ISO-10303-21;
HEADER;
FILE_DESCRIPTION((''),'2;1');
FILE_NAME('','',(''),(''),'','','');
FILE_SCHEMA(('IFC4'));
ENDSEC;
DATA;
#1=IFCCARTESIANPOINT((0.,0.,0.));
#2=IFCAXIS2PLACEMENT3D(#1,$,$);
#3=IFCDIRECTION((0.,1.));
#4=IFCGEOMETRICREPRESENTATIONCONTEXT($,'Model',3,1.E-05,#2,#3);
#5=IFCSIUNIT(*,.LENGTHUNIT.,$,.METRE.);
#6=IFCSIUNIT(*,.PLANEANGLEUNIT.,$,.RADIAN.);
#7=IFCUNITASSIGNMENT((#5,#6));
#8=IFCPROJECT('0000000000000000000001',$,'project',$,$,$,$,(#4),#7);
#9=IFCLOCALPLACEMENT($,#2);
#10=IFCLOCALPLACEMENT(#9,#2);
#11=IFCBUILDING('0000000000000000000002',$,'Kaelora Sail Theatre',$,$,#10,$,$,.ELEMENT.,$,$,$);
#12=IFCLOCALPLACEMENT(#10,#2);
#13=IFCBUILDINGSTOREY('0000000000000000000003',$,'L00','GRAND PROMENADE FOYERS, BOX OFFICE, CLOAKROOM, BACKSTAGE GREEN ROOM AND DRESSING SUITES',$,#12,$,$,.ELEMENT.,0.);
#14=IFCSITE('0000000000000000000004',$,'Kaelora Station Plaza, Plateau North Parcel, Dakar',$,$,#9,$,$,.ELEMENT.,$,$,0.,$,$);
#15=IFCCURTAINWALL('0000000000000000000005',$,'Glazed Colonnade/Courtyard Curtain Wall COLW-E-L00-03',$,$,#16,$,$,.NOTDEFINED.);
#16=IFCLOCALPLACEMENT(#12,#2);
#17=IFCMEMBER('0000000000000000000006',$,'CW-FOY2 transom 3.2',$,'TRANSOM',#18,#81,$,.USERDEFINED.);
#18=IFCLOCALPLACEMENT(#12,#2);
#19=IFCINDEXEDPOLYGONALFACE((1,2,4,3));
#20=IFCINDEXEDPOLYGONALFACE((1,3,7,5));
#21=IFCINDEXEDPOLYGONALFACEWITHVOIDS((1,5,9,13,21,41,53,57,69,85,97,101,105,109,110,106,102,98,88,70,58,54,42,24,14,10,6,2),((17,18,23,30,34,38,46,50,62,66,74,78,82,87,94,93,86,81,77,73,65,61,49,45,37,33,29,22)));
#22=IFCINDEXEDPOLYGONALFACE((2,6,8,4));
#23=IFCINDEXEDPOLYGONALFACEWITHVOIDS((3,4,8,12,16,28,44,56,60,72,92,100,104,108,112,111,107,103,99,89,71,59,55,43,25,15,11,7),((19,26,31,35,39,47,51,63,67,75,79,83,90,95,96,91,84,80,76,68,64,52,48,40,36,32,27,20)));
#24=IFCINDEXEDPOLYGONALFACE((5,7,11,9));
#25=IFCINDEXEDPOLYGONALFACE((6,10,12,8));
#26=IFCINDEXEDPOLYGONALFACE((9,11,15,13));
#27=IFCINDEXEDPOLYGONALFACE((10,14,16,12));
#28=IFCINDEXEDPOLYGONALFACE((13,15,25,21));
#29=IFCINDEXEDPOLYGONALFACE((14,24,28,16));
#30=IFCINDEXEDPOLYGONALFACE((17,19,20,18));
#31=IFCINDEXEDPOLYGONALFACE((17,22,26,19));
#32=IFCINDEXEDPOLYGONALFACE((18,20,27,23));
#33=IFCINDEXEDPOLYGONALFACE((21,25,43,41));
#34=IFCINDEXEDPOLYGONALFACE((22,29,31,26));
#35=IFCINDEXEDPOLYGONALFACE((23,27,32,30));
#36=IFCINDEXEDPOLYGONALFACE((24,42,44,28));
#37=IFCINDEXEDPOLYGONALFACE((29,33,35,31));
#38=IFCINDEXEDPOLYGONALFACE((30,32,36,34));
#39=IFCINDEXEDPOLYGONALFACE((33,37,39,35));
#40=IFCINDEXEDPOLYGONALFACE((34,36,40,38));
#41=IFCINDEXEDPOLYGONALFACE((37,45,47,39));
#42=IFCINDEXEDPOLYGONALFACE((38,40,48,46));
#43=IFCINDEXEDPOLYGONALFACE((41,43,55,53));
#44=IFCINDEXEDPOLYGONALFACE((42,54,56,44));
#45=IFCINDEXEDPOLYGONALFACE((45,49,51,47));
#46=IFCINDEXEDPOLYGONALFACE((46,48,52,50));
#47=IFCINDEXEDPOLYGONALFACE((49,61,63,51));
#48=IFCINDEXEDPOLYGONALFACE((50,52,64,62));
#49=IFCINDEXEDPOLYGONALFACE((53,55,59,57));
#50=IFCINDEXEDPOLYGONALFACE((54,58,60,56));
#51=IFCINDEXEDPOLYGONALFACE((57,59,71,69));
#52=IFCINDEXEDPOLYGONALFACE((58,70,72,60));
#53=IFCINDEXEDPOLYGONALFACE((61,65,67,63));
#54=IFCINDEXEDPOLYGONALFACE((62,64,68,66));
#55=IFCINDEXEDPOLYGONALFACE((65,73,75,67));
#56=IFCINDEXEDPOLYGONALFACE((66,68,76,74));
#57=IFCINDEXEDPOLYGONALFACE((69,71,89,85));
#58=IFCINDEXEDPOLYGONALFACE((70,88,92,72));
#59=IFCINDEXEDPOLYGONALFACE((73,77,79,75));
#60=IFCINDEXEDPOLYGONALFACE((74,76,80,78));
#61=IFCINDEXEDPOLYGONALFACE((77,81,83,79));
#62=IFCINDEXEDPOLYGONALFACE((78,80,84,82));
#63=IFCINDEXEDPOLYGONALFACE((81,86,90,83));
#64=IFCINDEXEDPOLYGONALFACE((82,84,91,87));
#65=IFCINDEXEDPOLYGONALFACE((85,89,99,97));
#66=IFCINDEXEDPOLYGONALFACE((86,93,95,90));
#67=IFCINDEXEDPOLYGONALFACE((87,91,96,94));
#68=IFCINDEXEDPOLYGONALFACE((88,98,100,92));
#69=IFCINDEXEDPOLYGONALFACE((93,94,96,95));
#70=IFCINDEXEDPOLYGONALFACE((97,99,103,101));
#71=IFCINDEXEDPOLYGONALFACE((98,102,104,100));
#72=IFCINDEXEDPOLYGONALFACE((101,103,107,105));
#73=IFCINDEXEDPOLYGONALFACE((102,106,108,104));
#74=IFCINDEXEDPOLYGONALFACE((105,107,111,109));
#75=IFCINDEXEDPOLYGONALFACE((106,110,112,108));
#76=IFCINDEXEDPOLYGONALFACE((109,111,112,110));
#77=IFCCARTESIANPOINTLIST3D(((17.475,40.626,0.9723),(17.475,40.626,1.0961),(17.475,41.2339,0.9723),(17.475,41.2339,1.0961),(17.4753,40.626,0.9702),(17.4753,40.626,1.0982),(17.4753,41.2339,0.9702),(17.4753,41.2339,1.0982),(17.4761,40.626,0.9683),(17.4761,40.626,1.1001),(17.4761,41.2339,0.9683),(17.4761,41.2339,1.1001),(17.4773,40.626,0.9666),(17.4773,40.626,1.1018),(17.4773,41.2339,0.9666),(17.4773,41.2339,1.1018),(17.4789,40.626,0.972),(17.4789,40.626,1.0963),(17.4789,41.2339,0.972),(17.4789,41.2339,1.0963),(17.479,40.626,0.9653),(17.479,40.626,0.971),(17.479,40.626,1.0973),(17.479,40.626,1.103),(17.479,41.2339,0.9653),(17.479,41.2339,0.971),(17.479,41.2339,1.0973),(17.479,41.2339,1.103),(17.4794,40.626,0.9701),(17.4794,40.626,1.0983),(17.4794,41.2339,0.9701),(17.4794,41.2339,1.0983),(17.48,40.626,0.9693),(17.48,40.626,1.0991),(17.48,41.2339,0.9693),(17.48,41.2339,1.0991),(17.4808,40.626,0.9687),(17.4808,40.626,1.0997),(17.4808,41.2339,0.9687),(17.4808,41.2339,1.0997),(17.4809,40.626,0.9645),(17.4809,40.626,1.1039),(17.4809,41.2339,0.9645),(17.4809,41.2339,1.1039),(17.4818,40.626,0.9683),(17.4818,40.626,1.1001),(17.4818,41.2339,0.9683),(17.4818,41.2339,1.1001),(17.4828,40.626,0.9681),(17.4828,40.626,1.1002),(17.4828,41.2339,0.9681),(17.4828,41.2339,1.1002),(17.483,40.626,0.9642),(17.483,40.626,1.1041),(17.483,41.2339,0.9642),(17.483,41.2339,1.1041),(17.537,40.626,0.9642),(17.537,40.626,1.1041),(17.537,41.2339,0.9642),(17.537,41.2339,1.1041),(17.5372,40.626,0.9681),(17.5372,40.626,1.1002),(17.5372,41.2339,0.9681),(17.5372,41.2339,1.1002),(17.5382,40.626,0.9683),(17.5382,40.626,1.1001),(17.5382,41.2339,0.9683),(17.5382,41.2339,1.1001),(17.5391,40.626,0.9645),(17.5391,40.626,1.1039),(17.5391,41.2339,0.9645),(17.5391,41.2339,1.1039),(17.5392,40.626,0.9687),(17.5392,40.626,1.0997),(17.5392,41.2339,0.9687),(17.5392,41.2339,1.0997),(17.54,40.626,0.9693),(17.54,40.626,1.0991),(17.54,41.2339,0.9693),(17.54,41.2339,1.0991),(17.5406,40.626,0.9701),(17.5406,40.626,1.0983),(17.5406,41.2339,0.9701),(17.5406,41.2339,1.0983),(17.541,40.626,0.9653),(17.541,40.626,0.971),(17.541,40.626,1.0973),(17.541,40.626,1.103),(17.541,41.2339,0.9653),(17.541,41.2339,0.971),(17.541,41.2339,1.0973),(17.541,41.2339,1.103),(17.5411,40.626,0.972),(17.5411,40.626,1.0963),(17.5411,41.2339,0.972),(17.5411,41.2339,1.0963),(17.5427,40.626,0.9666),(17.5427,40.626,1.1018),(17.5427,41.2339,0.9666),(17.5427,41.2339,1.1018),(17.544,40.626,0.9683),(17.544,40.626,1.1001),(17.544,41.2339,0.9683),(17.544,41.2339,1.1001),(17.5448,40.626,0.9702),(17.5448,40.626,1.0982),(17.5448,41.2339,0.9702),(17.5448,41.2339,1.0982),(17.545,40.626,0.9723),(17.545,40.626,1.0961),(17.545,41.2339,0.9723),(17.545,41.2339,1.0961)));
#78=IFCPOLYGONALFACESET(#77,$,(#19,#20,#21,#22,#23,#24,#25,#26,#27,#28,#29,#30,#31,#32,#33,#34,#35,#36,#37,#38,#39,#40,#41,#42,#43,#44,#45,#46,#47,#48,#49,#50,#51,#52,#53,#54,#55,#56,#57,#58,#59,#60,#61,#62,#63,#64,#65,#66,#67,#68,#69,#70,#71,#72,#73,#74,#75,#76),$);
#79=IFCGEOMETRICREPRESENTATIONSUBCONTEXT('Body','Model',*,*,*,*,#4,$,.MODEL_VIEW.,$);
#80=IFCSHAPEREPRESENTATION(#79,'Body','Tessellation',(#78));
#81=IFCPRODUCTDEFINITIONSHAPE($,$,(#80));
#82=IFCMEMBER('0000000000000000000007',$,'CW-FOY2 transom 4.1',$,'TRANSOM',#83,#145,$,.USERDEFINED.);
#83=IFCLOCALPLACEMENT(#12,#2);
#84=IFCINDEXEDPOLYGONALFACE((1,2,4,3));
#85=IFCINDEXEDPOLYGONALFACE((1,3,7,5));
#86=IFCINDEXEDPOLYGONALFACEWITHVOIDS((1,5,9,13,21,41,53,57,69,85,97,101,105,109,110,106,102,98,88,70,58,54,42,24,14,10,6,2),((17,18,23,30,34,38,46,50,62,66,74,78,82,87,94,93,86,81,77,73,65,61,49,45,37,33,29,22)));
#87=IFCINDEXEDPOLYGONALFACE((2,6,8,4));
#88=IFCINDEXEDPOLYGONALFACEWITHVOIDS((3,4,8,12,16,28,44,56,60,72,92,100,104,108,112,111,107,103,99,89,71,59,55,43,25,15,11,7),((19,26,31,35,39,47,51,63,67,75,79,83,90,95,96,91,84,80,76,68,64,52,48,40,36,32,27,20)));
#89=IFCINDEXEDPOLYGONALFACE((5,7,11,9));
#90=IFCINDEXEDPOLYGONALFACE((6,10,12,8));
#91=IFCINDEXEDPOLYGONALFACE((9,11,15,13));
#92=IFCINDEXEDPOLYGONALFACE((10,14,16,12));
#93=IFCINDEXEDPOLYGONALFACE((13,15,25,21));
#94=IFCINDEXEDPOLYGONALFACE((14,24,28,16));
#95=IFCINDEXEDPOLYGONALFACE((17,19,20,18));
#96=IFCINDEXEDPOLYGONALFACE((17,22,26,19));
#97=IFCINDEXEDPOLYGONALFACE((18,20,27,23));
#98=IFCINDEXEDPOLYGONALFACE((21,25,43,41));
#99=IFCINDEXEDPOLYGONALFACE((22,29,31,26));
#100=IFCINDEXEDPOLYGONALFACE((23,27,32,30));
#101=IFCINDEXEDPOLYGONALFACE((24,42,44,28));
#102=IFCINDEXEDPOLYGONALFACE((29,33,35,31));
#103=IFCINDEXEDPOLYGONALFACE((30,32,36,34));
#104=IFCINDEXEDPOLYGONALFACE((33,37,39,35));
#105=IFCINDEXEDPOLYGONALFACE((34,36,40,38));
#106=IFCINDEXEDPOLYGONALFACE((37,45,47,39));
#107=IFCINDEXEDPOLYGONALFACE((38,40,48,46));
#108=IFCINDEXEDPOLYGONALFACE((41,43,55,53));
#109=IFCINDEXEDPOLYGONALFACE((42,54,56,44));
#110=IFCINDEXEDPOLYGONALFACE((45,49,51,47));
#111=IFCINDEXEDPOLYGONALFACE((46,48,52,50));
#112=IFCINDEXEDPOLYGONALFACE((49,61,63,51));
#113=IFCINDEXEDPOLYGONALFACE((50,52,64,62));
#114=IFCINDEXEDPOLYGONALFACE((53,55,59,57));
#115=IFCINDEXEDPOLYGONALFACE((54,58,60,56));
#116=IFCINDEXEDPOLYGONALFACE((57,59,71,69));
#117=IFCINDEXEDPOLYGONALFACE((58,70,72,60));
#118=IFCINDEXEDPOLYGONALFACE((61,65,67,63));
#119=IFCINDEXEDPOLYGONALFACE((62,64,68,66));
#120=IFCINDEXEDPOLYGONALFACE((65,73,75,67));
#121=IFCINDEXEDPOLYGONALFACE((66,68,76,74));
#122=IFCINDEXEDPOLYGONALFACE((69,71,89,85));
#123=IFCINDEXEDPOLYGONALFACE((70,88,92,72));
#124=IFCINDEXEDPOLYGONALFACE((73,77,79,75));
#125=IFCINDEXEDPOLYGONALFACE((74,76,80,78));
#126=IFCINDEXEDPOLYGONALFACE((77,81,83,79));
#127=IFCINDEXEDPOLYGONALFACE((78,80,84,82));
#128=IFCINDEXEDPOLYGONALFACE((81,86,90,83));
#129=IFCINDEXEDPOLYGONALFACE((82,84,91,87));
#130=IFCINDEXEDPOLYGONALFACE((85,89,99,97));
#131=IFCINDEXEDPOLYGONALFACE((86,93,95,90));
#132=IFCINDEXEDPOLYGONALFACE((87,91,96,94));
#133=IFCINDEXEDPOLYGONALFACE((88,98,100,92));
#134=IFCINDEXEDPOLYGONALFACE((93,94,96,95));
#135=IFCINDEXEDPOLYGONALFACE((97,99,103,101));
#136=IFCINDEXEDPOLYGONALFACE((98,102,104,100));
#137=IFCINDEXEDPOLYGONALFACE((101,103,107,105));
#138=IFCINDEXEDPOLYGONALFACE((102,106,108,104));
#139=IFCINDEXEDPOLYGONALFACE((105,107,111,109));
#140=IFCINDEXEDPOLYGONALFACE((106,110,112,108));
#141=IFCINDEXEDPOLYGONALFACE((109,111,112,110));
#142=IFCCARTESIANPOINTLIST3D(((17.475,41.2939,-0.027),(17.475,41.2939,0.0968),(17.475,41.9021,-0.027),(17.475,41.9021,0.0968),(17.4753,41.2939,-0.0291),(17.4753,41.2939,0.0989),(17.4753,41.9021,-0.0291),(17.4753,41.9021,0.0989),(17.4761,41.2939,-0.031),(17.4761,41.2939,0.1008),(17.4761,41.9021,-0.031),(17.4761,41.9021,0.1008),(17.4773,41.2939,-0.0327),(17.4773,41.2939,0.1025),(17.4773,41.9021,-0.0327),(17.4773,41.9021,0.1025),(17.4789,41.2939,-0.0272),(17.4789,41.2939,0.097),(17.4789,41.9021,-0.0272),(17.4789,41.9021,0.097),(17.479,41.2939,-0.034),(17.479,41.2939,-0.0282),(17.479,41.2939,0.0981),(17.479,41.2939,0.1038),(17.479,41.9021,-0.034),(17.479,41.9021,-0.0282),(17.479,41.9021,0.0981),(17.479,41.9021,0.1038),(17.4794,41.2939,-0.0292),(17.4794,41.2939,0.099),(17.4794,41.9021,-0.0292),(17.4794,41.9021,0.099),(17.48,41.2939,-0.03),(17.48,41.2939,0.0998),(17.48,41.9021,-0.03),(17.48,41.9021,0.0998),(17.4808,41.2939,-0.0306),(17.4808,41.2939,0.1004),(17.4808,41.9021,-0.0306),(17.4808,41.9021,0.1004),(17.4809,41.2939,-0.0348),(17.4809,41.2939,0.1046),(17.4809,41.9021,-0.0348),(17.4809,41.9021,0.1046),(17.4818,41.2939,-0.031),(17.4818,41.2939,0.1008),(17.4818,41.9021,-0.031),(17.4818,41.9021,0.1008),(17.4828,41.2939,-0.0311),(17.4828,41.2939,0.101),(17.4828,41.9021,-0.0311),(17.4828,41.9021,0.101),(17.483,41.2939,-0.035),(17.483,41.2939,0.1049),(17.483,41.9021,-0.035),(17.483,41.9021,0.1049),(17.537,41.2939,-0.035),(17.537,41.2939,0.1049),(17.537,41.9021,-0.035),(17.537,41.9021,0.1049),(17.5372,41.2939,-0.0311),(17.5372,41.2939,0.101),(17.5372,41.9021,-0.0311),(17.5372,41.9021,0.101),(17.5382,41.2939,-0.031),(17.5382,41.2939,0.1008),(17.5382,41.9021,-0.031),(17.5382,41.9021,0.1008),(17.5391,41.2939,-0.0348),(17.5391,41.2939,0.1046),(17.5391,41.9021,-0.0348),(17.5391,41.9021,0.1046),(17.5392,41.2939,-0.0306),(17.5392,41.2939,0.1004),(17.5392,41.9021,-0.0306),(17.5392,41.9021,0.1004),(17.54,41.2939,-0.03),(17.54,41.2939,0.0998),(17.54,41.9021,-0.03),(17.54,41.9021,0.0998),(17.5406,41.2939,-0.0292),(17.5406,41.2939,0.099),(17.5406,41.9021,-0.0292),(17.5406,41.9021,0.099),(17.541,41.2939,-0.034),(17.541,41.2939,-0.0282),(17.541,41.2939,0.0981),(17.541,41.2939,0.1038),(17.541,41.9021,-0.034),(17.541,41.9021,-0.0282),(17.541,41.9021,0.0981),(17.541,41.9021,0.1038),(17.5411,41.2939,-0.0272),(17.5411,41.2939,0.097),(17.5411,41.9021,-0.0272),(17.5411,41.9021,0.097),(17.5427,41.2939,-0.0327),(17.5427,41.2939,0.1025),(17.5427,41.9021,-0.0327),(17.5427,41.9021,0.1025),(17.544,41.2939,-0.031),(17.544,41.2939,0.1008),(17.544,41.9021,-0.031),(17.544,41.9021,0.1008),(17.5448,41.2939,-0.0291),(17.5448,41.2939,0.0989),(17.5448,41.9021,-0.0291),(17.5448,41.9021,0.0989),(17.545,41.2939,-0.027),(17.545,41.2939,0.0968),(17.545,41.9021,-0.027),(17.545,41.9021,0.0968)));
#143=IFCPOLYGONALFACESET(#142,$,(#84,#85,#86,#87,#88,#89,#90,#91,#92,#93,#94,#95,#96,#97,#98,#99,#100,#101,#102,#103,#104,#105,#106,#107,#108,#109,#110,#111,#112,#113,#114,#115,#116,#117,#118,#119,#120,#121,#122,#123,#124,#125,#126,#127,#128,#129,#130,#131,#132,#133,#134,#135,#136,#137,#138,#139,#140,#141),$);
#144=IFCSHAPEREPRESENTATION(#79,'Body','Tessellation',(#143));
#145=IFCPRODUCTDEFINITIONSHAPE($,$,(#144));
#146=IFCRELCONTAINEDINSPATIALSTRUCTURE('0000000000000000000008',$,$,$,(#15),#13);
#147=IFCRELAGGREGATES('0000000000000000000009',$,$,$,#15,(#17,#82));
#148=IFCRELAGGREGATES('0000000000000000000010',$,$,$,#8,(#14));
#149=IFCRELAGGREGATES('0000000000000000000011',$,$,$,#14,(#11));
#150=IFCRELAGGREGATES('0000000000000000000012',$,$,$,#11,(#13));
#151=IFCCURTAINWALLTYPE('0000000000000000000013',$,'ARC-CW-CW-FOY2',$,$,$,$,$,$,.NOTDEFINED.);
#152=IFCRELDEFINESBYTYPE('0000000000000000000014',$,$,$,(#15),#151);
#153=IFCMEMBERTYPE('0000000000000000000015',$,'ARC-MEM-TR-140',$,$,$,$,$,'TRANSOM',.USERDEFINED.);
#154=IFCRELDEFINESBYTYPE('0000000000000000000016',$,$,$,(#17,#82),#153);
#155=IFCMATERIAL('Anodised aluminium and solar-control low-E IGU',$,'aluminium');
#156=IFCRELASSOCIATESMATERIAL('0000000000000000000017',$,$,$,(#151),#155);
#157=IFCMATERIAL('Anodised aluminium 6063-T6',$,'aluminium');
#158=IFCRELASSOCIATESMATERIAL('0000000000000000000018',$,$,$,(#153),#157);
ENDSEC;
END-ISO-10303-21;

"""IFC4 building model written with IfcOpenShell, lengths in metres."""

from ifc_helpers import new_model, si_unit, direction, frame, origin, origin_2d, place, context, subcontext, project, spatial, hollow_rectangle, extrude, material, material_profile, profile_set, type_object, element, aggregate, save


model = new_model("IFC4")

# Units and contexts
model_context = context("Model", 3, precision=1e-05, world=origin(), true_north=direction((0.0, 1.0)))
body_context = subcontext(model_context, "Body", "Model", "MODEL_VIEW")
ifc_project = project(units=[si_unit("LENGTHUNIT", "METRE"), si_unit("PLANEANGLEUNIT", "RADIAN")], contexts=[model_context])

# Site, building, storey
site_placement = place(None, origin())
site = spatial("IfcSite", under=ifc_project, at=site_placement, Name="Kaelora Station Plaza, Plateau North Parcel, Dakar", CompositionType="ELEMENT", RefElevation=0.0)
building_placement = place(site_placement, origin())
building = spatial("IfcBuilding", under=site, at=building_placement, Name="Kaelora Sail Theatre", CompositionType="ELEMENT")
storey_placement = place(building_placement, origin())
storey = spatial("IfcBuildingStorey", under=building, at=storey_placement, Name="L00", Description="GRAND PROMENADE FOYERS, BOX OFFICE, CLOAKROOM, BACKSTAGE GREEN ROOM AND DRESSING SUITES", CompositionType="ELEMENT", Elevation=0.0)

# Curtain wall
ifc_material_1 = material(Name="Anodised aluminium and solar-control low-E IGU", Category="aluminium")
curtain_wall_type = type_object("IfcCurtainWallType", Name="ARC-CW-CW-FOY2", PredefinedType="NOTDEFINED", material=ifc_material_1)
curtain_wall_1_placement = place(storey_placement, origin())
curtain_wall_1 = element("IfcCurtainWall", 1, at=curtain_wall_1_placement, inside=storey, type_object=curtain_wall_type, Name="Glazed Colonnade/Courtyard Curtain Wall COLW-E-L00-03", PredefinedType="NOTDEFINED")

# Members
ifc_material_2 = material(Name="Anodised aluminium 6063-T6", Category="aluminium")
ifc_material_profile_1 = material_profile(ifc_material_2, hollow_rectangle(XDim=0.0701, YDim=0.1399, WallThickness=0.0039, InnerFilletRadius=0.0039, OuterFilletRadius=0.0081, at=origin_2d()), Name="ALU-TRAN 70x140x4")
ifc_profile_set_1 = profile_set([ifc_material_profile_1], Name="Anodised aluminium 6063-T6")
member_type_1 = type_object("IfcMemberType", Name="ARC-MEM-TR-140", ElementType="TRANSOM", PredefinedType="USERDEFINED", material=ifc_profile_set_1)
member_1_placement = place(storey_placement, frame((17.51, 40.626, 1.0342), z_axis=(0.0, 1.0, 0.0), x_axis=(-1.0, 0.0, 0.0)))
member_1 = element("IfcMember", 2, at=member_1_placement, type_object=member_type_1, Name="CW-FOY2 transom 3.2", ObjectType="TRANSOM", PredefinedType="USERDEFINED", context=body_context, shape_type="SweptSolid", body=[
    extrude(hollow_rectangle(XDim=0.0701, YDim=0.1399, WallThickness=0.0039, InnerFilletRadius=0.0039, OuterFilletRadius=0.0081, at=origin_2d()), origin(), (0.0, 0.0, 1.0), 0.6079),
])
member_2_placement = place(storey_placement, frame((17.51, 41.2939, 0.0349), z_axis=(0.0, 1.0, 0.0), x_axis=(-1.0, 0.0, 0.0)))
member_2 = element("IfcMember", 3, at=member_2_placement, type_object=member_type_1, Name="CW-FOY2 transom 4.1", ObjectType="TRANSOM", PredefinedType="USERDEFINED", context=body_context, shape_type="SweptSolid", body=[
    extrude(hollow_rectangle(XDim=0.0701, YDim=0.1399, WallThickness=0.0039, InnerFilletRadius=0.0039, OuterFilletRadius=0.0081, at=origin_2d()), origin(), (0.0, 0.0, 1.0), 0.6082),
])

aggregate(curtain_wall_1, [member_1, member_2])

save(model, "model.ifc")
